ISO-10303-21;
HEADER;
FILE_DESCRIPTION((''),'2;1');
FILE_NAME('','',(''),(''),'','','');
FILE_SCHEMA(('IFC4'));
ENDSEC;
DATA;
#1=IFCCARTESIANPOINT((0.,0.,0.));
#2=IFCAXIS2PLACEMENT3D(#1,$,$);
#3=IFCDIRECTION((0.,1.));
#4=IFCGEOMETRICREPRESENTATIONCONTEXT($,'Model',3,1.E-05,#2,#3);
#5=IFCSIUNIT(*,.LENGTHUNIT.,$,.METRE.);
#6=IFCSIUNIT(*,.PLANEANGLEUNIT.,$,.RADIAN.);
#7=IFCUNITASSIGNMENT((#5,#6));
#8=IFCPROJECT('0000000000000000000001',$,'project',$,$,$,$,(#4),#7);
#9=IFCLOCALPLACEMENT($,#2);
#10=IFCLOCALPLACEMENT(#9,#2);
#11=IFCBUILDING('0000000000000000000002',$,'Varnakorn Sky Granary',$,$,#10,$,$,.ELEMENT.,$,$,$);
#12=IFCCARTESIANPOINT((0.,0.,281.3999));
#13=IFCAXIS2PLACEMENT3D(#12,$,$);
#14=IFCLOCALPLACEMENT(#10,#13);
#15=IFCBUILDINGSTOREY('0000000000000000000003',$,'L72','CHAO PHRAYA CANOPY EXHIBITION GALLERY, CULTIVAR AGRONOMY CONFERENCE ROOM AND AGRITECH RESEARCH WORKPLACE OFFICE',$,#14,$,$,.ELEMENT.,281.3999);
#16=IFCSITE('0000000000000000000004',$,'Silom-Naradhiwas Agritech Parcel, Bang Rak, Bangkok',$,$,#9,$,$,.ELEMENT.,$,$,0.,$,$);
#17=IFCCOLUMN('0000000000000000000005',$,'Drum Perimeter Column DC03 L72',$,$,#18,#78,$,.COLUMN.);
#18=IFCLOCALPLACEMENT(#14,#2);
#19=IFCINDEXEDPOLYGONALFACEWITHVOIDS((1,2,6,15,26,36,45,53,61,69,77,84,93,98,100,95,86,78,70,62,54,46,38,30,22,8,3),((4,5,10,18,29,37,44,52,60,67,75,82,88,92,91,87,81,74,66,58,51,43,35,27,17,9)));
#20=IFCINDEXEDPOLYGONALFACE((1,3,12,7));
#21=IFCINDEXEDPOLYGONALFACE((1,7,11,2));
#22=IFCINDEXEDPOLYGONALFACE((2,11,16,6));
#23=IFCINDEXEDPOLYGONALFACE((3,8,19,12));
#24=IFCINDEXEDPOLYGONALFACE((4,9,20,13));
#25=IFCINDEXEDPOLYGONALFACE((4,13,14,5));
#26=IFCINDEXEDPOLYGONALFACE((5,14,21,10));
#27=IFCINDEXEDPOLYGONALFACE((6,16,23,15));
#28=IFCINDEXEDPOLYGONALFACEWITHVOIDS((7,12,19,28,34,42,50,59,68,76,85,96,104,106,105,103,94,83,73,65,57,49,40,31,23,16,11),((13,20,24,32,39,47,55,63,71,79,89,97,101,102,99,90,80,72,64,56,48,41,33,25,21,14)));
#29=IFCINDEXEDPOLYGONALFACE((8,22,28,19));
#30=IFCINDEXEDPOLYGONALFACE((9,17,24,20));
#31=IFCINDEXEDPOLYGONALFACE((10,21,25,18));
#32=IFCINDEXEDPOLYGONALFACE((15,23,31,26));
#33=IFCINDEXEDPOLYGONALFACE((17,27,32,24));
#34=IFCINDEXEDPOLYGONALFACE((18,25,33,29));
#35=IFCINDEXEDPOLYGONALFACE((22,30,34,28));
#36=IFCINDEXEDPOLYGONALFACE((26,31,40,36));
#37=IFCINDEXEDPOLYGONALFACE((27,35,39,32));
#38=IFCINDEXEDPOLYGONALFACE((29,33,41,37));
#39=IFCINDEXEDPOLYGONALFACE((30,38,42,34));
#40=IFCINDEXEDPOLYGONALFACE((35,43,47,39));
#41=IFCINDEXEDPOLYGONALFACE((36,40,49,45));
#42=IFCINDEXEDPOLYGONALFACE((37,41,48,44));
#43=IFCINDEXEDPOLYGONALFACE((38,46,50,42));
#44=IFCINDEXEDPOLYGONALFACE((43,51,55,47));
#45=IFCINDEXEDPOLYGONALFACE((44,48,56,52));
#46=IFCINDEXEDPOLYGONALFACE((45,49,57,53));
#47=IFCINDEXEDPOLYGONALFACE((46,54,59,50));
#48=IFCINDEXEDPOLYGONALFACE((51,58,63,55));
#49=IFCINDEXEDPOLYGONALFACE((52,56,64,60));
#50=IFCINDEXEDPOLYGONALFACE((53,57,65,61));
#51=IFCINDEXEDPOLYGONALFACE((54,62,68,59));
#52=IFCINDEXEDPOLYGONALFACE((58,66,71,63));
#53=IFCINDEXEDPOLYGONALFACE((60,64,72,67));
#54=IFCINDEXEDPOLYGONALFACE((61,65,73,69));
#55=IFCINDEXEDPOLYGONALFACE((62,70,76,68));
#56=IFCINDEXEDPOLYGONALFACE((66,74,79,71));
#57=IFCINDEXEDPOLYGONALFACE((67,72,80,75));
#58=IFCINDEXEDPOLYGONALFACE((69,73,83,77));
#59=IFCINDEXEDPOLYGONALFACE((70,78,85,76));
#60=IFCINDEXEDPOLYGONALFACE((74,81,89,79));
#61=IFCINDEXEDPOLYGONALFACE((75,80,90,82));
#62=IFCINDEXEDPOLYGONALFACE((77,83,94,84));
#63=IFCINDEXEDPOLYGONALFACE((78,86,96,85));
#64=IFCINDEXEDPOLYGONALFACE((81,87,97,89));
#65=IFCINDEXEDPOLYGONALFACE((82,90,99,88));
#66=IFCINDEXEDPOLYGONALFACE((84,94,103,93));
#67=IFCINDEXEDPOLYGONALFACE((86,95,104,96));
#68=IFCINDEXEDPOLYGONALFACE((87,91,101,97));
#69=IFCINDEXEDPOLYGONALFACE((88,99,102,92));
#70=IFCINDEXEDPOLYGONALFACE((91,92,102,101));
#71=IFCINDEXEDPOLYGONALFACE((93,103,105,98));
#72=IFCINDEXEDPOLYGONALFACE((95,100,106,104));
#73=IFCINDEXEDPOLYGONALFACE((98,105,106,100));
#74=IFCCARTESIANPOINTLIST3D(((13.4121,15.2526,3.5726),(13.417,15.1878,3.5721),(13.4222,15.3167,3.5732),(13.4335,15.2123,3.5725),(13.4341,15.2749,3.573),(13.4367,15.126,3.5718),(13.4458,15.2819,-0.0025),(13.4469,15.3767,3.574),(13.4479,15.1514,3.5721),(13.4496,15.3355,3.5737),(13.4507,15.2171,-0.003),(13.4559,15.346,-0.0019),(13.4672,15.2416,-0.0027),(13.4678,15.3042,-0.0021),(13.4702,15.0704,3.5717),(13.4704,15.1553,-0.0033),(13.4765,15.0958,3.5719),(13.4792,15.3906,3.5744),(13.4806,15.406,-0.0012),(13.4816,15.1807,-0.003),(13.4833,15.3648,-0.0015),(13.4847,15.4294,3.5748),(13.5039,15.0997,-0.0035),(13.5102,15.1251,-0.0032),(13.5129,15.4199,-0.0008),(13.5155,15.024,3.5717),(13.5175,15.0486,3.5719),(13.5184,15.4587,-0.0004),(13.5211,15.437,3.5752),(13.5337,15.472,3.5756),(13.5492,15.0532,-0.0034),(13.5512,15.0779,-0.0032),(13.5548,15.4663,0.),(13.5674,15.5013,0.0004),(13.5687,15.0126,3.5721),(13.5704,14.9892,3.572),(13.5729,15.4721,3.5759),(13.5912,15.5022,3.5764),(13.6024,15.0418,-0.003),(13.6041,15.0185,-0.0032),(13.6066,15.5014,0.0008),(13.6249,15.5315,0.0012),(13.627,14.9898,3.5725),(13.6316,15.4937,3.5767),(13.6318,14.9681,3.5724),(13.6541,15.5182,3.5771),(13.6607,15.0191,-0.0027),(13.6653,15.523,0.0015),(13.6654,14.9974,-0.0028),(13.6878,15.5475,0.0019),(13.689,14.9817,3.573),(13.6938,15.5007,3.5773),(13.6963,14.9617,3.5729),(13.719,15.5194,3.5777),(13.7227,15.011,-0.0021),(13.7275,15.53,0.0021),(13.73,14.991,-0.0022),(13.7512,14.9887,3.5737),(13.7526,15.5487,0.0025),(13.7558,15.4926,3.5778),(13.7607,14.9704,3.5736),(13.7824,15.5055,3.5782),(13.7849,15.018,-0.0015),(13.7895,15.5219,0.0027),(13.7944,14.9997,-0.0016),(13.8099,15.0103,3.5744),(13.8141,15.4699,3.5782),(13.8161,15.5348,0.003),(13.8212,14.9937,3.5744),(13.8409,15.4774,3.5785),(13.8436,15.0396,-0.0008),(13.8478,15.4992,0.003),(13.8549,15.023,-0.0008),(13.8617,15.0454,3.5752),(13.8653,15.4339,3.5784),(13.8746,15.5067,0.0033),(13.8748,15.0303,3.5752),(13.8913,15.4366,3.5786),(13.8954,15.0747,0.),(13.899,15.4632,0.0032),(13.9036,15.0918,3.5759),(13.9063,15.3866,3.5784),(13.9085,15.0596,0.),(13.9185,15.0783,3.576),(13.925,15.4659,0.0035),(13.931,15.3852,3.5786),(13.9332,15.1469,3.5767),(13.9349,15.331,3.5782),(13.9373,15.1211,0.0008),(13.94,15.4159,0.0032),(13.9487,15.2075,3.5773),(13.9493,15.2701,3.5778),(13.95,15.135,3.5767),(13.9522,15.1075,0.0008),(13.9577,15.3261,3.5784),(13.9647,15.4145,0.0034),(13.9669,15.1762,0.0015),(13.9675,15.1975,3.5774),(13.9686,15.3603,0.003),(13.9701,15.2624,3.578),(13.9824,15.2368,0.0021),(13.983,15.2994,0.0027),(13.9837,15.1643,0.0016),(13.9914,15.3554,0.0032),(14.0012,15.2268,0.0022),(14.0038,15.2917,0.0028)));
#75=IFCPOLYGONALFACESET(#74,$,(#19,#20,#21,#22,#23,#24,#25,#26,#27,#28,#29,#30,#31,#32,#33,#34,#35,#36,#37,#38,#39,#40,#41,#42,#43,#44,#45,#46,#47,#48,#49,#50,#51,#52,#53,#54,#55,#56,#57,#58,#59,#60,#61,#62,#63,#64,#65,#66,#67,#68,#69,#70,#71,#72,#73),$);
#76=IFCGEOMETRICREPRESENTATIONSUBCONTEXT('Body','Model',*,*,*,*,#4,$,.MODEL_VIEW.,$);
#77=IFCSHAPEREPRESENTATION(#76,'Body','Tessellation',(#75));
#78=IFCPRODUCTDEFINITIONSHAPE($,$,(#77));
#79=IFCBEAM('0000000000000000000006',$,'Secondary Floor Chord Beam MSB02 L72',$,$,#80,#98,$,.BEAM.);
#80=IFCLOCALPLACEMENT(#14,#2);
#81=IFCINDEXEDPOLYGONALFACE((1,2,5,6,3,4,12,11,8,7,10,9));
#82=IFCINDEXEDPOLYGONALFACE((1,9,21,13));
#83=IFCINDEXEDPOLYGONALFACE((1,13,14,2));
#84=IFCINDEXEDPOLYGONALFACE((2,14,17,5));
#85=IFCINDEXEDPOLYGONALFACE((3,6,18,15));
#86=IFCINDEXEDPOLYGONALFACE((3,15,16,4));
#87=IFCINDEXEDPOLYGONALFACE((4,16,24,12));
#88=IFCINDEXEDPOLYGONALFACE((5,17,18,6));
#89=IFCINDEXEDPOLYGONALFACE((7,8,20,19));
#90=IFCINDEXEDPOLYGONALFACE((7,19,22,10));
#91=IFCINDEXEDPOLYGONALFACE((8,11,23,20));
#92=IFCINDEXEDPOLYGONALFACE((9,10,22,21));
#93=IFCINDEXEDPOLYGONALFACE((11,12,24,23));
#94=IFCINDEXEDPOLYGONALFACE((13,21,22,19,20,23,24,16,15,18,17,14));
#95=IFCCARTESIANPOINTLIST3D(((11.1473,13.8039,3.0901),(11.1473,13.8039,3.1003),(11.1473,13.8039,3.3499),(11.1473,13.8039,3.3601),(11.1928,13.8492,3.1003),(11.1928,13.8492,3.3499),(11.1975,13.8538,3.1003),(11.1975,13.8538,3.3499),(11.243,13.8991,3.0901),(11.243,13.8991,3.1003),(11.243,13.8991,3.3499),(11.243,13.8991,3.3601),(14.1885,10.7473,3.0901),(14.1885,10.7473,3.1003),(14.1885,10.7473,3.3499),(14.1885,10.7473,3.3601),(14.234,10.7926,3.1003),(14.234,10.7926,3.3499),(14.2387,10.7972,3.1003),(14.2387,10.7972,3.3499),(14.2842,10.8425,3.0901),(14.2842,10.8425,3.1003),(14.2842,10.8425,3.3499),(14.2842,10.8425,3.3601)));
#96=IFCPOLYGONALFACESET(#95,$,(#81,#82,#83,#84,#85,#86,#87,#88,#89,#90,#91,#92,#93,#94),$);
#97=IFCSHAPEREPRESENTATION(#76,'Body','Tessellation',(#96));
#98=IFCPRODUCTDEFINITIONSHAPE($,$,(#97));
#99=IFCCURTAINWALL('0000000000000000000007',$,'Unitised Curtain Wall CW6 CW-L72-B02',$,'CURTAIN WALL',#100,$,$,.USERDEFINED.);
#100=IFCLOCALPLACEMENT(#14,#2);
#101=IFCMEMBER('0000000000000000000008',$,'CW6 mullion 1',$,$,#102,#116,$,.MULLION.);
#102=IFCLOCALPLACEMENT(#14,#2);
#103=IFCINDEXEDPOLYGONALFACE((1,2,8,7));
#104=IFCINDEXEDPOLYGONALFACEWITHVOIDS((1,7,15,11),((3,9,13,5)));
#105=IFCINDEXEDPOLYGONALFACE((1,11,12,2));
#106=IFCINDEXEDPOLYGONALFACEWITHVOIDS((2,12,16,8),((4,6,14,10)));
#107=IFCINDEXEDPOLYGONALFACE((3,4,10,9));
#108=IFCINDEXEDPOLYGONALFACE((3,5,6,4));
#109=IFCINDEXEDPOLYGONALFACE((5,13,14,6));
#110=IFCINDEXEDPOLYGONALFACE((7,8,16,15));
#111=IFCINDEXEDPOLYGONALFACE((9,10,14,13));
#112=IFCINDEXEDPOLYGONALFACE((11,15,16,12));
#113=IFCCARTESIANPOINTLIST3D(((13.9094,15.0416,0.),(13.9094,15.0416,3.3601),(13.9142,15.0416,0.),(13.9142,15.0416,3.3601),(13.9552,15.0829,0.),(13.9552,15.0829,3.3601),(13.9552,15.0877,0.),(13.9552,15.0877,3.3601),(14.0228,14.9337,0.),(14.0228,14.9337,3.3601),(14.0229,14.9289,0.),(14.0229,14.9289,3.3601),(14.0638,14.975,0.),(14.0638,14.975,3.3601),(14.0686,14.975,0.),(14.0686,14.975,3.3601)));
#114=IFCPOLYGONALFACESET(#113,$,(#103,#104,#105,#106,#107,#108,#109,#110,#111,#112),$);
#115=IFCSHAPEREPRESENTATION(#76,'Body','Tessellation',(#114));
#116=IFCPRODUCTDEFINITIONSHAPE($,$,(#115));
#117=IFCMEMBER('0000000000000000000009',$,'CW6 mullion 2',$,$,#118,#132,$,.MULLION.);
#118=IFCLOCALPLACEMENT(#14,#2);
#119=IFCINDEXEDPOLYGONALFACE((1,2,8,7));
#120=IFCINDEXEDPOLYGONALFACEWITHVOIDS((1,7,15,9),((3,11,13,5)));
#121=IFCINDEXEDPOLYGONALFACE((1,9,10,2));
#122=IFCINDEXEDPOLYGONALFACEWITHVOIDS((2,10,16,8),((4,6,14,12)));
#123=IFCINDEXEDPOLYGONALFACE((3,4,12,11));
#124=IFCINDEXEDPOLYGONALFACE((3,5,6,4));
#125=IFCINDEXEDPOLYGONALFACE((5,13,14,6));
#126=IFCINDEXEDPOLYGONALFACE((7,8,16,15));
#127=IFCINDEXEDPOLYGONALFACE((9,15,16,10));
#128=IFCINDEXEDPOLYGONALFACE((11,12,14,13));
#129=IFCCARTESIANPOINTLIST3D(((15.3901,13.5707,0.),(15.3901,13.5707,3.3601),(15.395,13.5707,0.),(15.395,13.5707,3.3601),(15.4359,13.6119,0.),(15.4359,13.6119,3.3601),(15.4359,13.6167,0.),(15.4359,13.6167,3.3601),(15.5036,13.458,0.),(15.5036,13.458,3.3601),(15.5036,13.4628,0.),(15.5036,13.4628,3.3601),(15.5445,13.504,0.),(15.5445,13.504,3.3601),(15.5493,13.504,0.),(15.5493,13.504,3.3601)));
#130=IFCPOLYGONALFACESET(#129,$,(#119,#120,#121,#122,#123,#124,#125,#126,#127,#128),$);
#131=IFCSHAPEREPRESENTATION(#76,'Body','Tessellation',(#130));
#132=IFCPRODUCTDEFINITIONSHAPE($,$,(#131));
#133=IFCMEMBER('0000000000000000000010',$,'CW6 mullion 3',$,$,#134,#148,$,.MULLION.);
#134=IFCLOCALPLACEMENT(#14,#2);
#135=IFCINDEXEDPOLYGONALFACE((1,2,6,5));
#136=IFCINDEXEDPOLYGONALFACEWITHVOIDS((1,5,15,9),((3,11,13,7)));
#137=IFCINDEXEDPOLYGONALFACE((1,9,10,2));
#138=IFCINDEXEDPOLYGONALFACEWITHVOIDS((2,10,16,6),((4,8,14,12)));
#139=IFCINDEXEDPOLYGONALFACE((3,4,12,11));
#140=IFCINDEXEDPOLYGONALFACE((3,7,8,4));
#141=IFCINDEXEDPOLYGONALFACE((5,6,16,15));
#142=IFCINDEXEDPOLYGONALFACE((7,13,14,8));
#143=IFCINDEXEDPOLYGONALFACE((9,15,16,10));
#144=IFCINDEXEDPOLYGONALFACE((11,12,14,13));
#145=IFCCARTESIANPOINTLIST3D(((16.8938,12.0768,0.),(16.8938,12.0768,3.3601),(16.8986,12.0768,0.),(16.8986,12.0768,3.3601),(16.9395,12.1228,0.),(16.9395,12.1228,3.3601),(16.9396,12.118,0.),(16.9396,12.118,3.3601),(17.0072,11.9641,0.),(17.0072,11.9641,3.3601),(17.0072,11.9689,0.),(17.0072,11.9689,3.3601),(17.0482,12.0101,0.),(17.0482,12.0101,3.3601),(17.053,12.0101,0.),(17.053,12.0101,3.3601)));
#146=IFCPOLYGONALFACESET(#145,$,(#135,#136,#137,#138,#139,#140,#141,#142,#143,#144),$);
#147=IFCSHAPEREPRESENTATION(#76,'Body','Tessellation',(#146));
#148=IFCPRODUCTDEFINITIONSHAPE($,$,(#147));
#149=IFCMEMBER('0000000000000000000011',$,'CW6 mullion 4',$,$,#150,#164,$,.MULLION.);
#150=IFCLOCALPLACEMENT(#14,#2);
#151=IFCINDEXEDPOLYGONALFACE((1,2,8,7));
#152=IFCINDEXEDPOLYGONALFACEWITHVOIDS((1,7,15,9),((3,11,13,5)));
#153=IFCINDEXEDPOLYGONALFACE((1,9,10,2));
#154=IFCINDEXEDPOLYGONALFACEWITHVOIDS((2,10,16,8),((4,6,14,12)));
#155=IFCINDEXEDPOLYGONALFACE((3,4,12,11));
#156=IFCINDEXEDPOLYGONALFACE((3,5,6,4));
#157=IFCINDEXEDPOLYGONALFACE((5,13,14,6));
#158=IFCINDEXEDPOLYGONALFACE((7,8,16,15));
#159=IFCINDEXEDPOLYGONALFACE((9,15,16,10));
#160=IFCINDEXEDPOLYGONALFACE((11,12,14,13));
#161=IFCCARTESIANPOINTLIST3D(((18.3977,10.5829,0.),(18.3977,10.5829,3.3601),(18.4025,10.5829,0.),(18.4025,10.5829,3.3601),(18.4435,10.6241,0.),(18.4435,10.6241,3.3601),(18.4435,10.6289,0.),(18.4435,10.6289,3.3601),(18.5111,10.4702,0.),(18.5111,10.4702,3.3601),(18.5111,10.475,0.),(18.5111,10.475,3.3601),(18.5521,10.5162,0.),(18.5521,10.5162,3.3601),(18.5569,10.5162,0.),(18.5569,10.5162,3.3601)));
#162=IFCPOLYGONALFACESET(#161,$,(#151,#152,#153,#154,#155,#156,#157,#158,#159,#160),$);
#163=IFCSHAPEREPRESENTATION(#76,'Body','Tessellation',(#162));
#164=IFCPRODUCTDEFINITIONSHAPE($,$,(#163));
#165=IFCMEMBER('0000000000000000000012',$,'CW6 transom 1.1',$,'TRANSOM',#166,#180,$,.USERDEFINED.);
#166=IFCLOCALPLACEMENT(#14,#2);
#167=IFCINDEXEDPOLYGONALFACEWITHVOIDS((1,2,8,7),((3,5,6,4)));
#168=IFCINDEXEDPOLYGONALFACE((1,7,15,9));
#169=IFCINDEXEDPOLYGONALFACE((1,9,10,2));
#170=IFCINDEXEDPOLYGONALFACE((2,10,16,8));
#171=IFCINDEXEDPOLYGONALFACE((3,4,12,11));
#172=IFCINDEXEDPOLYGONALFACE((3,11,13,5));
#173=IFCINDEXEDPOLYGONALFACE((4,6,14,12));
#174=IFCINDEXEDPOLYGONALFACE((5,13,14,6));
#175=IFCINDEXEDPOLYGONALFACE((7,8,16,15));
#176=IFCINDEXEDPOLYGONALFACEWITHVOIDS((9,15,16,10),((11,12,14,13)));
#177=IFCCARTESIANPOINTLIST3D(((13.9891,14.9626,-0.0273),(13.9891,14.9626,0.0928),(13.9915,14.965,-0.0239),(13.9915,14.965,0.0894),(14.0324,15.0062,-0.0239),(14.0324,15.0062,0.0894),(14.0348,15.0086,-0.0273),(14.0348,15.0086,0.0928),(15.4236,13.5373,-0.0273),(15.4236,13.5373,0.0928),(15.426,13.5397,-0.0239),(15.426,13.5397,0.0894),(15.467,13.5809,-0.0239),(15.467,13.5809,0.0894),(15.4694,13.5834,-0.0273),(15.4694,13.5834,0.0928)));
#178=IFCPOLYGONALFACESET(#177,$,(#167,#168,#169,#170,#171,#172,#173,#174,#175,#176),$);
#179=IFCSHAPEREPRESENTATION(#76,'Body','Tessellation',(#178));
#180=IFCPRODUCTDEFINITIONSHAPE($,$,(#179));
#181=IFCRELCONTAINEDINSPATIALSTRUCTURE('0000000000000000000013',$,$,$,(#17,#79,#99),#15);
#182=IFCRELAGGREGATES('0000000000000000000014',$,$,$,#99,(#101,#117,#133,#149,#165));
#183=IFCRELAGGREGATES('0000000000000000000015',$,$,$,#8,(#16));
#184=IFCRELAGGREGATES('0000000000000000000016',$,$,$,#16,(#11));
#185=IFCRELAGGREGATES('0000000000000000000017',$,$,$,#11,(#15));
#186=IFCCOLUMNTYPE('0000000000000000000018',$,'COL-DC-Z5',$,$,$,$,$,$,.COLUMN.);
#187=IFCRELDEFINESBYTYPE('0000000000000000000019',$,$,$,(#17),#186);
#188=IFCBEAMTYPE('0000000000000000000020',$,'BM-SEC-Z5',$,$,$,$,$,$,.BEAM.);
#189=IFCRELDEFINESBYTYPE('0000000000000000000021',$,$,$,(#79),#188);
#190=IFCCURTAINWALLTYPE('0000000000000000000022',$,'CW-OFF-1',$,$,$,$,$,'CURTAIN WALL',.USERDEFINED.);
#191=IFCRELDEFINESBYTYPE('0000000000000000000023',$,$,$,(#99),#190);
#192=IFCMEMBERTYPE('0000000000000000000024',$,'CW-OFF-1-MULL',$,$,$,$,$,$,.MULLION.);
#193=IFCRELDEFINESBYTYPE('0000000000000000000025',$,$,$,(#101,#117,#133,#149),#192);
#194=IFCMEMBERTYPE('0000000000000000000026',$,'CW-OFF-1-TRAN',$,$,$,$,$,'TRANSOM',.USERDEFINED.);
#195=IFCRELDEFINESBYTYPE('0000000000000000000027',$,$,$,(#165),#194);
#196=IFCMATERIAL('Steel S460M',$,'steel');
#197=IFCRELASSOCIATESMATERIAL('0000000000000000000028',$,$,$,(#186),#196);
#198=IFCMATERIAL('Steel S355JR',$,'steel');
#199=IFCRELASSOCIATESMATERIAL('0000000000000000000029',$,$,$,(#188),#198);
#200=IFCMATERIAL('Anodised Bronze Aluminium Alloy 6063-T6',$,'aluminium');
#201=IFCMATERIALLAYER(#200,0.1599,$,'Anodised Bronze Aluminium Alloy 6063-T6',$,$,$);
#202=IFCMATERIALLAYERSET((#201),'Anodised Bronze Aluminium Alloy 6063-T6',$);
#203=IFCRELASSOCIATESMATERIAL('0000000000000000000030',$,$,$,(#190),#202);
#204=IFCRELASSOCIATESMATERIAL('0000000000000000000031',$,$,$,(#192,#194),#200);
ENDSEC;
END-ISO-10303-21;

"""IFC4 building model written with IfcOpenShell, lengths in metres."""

from ifc_helpers import new_model, si_unit, direction, frame, origin, origin_2d, place, context, subcontext, project, spatial, hollow_rectangle, hollow_circle, i_section, extrude, material, layer, layer_set, material_profile, profile_set, type_object, element, aggregate, save


model = new_model("IFC4")

# Units and contexts
model_context = context("Model", 3, precision=1e-05, world=origin(), true_north=direction((0.0, 1.0)))
body_context = subcontext(model_context, "Body", "Model", "MODEL_VIEW")
ifc_project = project(units=[si_unit("LENGTHUNIT", "METRE"), si_unit("PLANEANGLEUNIT", "RADIAN")], contexts=[model_context])

# Site, building, storey
site_placement = place(None, origin())
site = spatial("IfcSite", under=ifc_project, at=site_placement, Name="Silom-Naradhiwas Agritech Parcel, Bang Rak, Bangkok", CompositionType="ELEMENT", RefElevation=0.0)
building_placement = place(site_placement, origin())
building = spatial("IfcBuilding", under=site, at=building_placement, Name="Varnakorn Sky Granary", CompositionType="ELEMENT")
storey_placement = place(building_placement, frame((0.0, 0.0, 281.3999)))
storey = spatial("IfcBuildingStorey", under=building, at=storey_placement, Name="L72", Description="CHAO PHRAYA CANOPY EXHIBITION GALLERY, CULTIVAR AGRONOMY CONFERENCE ROOM AND AGRITECH RESEARCH WORKPLACE OFFICE", CompositionType="ELEMENT", Elevation=281.3999)

# Column
ifc_material_1 = material(Name="Steel S460M", Category="steel")
ifc_material_profile_1 = material_profile(ifc_material_1, hollow_circle(Radius=0.2795, WallThickness=0.02, at=origin_2d()), Name="CHS 559x20")
ifc_profile_set_1 = profile_set([ifc_material_profile_1], Name="Steel S460M")
column_type = type_object("IfcColumnType", Name="COL-DC-Z5", PredefinedType="COLUMN", material=ifc_profile_set_1)
column_placement = place(storey_placement, frame((13.7251, 15.2705, 0.0), z_axis=(-0.009423, -0.008194, 0.999922), x_axis=(0.656179, -0.754606, 0.0)))
element("IfcColumn", 1, at=column_placement, inside=storey, type_object=column_type, Name="Drum Perimeter Column DC03 L72", PredefinedType="COLUMN", context=body_context, shape_type="SweptSolid", body=[
    extrude(hollow_circle(Radius=0.2795, WallThickness=0.02, at=origin_2d()), origin(), (0.0, 0.0, 1.0), 3.5754),
])

# Beam
ifc_material_2 = material(Name="Steel S355JR", Category="steel")
ifc_material_profile_2 = material_profile(ifc_material_2, i_section(OverallWidth=0.135, OverallDepth=0.27, WebThickness=0.0066, FlangeThickness=0.0103, at=origin_2d()), Name="IPE 270")
ifc_profile_set_2 = profile_set([ifc_material_profile_2], Name="Steel S355JR")
beam_type = type_object("IfcBeamType", Name="BM-SEC-Z5", PredefinedType="BEAM", material=ifc_profile_set_2)
beam_placement = place(storey_placement, frame((14.2363, 10.7949, 3.2251), z_axis=(-0.705321, 0.708888, 0.0), x_axis=(-0.708888, -0.705321, 0.0)))
element("IfcBeam", 2, at=beam_placement, inside=storey, type_object=beam_type, Name="Secondary Floor Chord Beam MSB02 L72", PredefinedType="BEAM", context=body_context, shape_type="SweptSolid", body=[
    extrude(i_section(OverallWidth=0.135, OverallDepth=0.27, WebThickness=0.0066, FlangeThickness=0.0103, at=origin_2d()), origin(), (0.0, 0.0, 1.0), 4.3118),
])

# Curtain wall, members
ifc_material_3 = material(Name="Anodised Bronze Aluminium Alloy 6063-T6", Category="aluminium")
ifc_layer_1 = layer(ifc_material_3, 0.1599, Name="Anodised Bronze Aluminium Alloy 6063-T6")
ifc_layer_set_1 = layer_set([ifc_layer_1], Name="Anodised Bronze Aluminium Alloy 6063-T6")
curtain_wall_type = type_object("IfcCurtainWallType", Name="CW-OFF-1", ElementType="CURTAIN WALL", PredefinedType="USERDEFINED", material=ifc_layer_set_1)
curtain_wall_placement = place(storey_placement, origin())
curtain_wall = element("IfcCurtainWall", 3, at=curtain_wall_placement, inside=storey, type_object=curtain_wall_type, Name="Unitised Curtain Wall CW6 CW-L72-B02", ObjectType="CURTAIN WALL", PredefinedType="USERDEFINED")
ifc_material_profile_3 = material_profile(ifc_material_3, hollow_rectangle(XDim=0.0649, YDim=0.1599, WallThickness=0.0034, at=origin_2d()), Name="ALU MULL 65x160")
ifc_profile_set_3 = profile_set([ifc_material_profile_3], Name="Anodised Bronze Aluminium Alloy 6063-T6")
member_type_1 = type_object("IfcMemberType", Name="CW-OFF-1-MULL", PredefinedType="MULLION", material=ifc_profile_set_3)
member_1_placement = place(storey_placement, frame((13.989, 15.0083, 0.0), z_axis=(0.0, 0.0, 1.0), x_axis=(0.704762, 0.709444, 0.0)))
member_1 = element("IfcMember", 4, at=member_1_placement, type_object=member_type_1, Name="CW6 mullion 1", PredefinedType="MULLION", context=body_context, shape_type="SweptSolid", body=[
    extrude(hollow_rectangle(XDim=0.0649, YDim=0.1599, WallThickness=0.0034, at=origin_2d()), origin(), (0.0, 0.0, 1.0), 3.3601),
])
member_2_placement = place(storey_placement, frame((15.4697, 13.5374, 0.0), z_axis=(0.0, 0.0, 1.0), x_axis=(0.704762, 0.709444, 0.0)))
member_2 = element("IfcMember", 5, at=member_2_placement, type_object=member_type_1, Name="CW6 mullion 2", PredefinedType="MULLION", context=body_context, shape_type="SweptSolid", body=[
    extrude(hollow_rectangle(XDim=0.0649, YDim=0.1599, WallThickness=0.0034, at=origin_2d()), origin(), (0.0, 0.0, 1.0), 3.3601),
])
member_3_placement = place(storey_placement, frame((16.9734, 12.0435, 0.0), z_axis=(0.0, 0.0, 1.0), x_axis=(0.704762, 0.709444, 0.0)))
member_3 = element("IfcMember", 6, at=member_3_placement, type_object=member_type_1, Name="CW6 mullion 3", PredefinedType="MULLION", context=body_context, shape_type="SweptSolid", body=[
    extrude(hollow_rectangle(XDim=0.0649, YDim=0.1599, WallThickness=0.0034, at=origin_2d()), origin(), (0.0, 0.0, 1.0), 3.3601),
])
member_4_placement = place(storey_placement, frame((18.4773, 10.5496, 0.0), z_axis=(0.0, 0.0, 1.0), x_axis=(0.704762, 0.709444, 0.0)))
member_4 = element("IfcMember", 7, at=member_4_placement, type_object=member_type_1, Name="CW6 mullion 4", PredefinedType="MULLION", context=body_context, shape_type="SweptSolid", body=[
    extrude(hollow_rectangle(XDim=0.0649, YDim=0.1599, WallThickness=0.0034, at=origin_2d()), origin(), (0.0, 0.0, 1.0), 3.3601),
])
ifc_material_profile_4 = material_profile(ifc_material_3, hollow_rectangle(XDim=0.0649, YDim=0.1201, WallThickness=0.0034, at=origin_2d()), Name="ALU TRAN 65x120")
ifc_profile_set_4 = profile_set([ifc_material_profile_4], Name="Anodised Bronze Aluminium Alloy 6063-T6")
member_type_2 = type_object("IfcMemberType", Name="CW-OFF-1-TRAN", ElementType="TRANSOM", PredefinedType="USERDEFINED", material=ifc_profile_set_4)
member_5_placement = place(storey_placement, frame((14.012, 14.9856, 0.0327), z_axis=(0.709397, -0.704809, 0.0), x_axis=(0.704809, 0.709397, 0.0)))
member_5 = element("IfcMember", 8, at=member_5_placement, type_object=member_type_2, Name="CW6 transom 1.1", ObjectType="TRANSOM", PredefinedType="USERDEFINED", context=body_context, shape_type="SweptSolid", body=[
    extrude(hollow_rectangle(XDim=0.0649, YDim=0.1201, WallThickness=0.0034, at=origin_2d()), origin(), (0.0, 0.0, 1.0), 2.0222),
])

aggregate(curtain_wall, [member_1, member_2, member_3, member_4, member_5])

save(model, "model.ifc")
